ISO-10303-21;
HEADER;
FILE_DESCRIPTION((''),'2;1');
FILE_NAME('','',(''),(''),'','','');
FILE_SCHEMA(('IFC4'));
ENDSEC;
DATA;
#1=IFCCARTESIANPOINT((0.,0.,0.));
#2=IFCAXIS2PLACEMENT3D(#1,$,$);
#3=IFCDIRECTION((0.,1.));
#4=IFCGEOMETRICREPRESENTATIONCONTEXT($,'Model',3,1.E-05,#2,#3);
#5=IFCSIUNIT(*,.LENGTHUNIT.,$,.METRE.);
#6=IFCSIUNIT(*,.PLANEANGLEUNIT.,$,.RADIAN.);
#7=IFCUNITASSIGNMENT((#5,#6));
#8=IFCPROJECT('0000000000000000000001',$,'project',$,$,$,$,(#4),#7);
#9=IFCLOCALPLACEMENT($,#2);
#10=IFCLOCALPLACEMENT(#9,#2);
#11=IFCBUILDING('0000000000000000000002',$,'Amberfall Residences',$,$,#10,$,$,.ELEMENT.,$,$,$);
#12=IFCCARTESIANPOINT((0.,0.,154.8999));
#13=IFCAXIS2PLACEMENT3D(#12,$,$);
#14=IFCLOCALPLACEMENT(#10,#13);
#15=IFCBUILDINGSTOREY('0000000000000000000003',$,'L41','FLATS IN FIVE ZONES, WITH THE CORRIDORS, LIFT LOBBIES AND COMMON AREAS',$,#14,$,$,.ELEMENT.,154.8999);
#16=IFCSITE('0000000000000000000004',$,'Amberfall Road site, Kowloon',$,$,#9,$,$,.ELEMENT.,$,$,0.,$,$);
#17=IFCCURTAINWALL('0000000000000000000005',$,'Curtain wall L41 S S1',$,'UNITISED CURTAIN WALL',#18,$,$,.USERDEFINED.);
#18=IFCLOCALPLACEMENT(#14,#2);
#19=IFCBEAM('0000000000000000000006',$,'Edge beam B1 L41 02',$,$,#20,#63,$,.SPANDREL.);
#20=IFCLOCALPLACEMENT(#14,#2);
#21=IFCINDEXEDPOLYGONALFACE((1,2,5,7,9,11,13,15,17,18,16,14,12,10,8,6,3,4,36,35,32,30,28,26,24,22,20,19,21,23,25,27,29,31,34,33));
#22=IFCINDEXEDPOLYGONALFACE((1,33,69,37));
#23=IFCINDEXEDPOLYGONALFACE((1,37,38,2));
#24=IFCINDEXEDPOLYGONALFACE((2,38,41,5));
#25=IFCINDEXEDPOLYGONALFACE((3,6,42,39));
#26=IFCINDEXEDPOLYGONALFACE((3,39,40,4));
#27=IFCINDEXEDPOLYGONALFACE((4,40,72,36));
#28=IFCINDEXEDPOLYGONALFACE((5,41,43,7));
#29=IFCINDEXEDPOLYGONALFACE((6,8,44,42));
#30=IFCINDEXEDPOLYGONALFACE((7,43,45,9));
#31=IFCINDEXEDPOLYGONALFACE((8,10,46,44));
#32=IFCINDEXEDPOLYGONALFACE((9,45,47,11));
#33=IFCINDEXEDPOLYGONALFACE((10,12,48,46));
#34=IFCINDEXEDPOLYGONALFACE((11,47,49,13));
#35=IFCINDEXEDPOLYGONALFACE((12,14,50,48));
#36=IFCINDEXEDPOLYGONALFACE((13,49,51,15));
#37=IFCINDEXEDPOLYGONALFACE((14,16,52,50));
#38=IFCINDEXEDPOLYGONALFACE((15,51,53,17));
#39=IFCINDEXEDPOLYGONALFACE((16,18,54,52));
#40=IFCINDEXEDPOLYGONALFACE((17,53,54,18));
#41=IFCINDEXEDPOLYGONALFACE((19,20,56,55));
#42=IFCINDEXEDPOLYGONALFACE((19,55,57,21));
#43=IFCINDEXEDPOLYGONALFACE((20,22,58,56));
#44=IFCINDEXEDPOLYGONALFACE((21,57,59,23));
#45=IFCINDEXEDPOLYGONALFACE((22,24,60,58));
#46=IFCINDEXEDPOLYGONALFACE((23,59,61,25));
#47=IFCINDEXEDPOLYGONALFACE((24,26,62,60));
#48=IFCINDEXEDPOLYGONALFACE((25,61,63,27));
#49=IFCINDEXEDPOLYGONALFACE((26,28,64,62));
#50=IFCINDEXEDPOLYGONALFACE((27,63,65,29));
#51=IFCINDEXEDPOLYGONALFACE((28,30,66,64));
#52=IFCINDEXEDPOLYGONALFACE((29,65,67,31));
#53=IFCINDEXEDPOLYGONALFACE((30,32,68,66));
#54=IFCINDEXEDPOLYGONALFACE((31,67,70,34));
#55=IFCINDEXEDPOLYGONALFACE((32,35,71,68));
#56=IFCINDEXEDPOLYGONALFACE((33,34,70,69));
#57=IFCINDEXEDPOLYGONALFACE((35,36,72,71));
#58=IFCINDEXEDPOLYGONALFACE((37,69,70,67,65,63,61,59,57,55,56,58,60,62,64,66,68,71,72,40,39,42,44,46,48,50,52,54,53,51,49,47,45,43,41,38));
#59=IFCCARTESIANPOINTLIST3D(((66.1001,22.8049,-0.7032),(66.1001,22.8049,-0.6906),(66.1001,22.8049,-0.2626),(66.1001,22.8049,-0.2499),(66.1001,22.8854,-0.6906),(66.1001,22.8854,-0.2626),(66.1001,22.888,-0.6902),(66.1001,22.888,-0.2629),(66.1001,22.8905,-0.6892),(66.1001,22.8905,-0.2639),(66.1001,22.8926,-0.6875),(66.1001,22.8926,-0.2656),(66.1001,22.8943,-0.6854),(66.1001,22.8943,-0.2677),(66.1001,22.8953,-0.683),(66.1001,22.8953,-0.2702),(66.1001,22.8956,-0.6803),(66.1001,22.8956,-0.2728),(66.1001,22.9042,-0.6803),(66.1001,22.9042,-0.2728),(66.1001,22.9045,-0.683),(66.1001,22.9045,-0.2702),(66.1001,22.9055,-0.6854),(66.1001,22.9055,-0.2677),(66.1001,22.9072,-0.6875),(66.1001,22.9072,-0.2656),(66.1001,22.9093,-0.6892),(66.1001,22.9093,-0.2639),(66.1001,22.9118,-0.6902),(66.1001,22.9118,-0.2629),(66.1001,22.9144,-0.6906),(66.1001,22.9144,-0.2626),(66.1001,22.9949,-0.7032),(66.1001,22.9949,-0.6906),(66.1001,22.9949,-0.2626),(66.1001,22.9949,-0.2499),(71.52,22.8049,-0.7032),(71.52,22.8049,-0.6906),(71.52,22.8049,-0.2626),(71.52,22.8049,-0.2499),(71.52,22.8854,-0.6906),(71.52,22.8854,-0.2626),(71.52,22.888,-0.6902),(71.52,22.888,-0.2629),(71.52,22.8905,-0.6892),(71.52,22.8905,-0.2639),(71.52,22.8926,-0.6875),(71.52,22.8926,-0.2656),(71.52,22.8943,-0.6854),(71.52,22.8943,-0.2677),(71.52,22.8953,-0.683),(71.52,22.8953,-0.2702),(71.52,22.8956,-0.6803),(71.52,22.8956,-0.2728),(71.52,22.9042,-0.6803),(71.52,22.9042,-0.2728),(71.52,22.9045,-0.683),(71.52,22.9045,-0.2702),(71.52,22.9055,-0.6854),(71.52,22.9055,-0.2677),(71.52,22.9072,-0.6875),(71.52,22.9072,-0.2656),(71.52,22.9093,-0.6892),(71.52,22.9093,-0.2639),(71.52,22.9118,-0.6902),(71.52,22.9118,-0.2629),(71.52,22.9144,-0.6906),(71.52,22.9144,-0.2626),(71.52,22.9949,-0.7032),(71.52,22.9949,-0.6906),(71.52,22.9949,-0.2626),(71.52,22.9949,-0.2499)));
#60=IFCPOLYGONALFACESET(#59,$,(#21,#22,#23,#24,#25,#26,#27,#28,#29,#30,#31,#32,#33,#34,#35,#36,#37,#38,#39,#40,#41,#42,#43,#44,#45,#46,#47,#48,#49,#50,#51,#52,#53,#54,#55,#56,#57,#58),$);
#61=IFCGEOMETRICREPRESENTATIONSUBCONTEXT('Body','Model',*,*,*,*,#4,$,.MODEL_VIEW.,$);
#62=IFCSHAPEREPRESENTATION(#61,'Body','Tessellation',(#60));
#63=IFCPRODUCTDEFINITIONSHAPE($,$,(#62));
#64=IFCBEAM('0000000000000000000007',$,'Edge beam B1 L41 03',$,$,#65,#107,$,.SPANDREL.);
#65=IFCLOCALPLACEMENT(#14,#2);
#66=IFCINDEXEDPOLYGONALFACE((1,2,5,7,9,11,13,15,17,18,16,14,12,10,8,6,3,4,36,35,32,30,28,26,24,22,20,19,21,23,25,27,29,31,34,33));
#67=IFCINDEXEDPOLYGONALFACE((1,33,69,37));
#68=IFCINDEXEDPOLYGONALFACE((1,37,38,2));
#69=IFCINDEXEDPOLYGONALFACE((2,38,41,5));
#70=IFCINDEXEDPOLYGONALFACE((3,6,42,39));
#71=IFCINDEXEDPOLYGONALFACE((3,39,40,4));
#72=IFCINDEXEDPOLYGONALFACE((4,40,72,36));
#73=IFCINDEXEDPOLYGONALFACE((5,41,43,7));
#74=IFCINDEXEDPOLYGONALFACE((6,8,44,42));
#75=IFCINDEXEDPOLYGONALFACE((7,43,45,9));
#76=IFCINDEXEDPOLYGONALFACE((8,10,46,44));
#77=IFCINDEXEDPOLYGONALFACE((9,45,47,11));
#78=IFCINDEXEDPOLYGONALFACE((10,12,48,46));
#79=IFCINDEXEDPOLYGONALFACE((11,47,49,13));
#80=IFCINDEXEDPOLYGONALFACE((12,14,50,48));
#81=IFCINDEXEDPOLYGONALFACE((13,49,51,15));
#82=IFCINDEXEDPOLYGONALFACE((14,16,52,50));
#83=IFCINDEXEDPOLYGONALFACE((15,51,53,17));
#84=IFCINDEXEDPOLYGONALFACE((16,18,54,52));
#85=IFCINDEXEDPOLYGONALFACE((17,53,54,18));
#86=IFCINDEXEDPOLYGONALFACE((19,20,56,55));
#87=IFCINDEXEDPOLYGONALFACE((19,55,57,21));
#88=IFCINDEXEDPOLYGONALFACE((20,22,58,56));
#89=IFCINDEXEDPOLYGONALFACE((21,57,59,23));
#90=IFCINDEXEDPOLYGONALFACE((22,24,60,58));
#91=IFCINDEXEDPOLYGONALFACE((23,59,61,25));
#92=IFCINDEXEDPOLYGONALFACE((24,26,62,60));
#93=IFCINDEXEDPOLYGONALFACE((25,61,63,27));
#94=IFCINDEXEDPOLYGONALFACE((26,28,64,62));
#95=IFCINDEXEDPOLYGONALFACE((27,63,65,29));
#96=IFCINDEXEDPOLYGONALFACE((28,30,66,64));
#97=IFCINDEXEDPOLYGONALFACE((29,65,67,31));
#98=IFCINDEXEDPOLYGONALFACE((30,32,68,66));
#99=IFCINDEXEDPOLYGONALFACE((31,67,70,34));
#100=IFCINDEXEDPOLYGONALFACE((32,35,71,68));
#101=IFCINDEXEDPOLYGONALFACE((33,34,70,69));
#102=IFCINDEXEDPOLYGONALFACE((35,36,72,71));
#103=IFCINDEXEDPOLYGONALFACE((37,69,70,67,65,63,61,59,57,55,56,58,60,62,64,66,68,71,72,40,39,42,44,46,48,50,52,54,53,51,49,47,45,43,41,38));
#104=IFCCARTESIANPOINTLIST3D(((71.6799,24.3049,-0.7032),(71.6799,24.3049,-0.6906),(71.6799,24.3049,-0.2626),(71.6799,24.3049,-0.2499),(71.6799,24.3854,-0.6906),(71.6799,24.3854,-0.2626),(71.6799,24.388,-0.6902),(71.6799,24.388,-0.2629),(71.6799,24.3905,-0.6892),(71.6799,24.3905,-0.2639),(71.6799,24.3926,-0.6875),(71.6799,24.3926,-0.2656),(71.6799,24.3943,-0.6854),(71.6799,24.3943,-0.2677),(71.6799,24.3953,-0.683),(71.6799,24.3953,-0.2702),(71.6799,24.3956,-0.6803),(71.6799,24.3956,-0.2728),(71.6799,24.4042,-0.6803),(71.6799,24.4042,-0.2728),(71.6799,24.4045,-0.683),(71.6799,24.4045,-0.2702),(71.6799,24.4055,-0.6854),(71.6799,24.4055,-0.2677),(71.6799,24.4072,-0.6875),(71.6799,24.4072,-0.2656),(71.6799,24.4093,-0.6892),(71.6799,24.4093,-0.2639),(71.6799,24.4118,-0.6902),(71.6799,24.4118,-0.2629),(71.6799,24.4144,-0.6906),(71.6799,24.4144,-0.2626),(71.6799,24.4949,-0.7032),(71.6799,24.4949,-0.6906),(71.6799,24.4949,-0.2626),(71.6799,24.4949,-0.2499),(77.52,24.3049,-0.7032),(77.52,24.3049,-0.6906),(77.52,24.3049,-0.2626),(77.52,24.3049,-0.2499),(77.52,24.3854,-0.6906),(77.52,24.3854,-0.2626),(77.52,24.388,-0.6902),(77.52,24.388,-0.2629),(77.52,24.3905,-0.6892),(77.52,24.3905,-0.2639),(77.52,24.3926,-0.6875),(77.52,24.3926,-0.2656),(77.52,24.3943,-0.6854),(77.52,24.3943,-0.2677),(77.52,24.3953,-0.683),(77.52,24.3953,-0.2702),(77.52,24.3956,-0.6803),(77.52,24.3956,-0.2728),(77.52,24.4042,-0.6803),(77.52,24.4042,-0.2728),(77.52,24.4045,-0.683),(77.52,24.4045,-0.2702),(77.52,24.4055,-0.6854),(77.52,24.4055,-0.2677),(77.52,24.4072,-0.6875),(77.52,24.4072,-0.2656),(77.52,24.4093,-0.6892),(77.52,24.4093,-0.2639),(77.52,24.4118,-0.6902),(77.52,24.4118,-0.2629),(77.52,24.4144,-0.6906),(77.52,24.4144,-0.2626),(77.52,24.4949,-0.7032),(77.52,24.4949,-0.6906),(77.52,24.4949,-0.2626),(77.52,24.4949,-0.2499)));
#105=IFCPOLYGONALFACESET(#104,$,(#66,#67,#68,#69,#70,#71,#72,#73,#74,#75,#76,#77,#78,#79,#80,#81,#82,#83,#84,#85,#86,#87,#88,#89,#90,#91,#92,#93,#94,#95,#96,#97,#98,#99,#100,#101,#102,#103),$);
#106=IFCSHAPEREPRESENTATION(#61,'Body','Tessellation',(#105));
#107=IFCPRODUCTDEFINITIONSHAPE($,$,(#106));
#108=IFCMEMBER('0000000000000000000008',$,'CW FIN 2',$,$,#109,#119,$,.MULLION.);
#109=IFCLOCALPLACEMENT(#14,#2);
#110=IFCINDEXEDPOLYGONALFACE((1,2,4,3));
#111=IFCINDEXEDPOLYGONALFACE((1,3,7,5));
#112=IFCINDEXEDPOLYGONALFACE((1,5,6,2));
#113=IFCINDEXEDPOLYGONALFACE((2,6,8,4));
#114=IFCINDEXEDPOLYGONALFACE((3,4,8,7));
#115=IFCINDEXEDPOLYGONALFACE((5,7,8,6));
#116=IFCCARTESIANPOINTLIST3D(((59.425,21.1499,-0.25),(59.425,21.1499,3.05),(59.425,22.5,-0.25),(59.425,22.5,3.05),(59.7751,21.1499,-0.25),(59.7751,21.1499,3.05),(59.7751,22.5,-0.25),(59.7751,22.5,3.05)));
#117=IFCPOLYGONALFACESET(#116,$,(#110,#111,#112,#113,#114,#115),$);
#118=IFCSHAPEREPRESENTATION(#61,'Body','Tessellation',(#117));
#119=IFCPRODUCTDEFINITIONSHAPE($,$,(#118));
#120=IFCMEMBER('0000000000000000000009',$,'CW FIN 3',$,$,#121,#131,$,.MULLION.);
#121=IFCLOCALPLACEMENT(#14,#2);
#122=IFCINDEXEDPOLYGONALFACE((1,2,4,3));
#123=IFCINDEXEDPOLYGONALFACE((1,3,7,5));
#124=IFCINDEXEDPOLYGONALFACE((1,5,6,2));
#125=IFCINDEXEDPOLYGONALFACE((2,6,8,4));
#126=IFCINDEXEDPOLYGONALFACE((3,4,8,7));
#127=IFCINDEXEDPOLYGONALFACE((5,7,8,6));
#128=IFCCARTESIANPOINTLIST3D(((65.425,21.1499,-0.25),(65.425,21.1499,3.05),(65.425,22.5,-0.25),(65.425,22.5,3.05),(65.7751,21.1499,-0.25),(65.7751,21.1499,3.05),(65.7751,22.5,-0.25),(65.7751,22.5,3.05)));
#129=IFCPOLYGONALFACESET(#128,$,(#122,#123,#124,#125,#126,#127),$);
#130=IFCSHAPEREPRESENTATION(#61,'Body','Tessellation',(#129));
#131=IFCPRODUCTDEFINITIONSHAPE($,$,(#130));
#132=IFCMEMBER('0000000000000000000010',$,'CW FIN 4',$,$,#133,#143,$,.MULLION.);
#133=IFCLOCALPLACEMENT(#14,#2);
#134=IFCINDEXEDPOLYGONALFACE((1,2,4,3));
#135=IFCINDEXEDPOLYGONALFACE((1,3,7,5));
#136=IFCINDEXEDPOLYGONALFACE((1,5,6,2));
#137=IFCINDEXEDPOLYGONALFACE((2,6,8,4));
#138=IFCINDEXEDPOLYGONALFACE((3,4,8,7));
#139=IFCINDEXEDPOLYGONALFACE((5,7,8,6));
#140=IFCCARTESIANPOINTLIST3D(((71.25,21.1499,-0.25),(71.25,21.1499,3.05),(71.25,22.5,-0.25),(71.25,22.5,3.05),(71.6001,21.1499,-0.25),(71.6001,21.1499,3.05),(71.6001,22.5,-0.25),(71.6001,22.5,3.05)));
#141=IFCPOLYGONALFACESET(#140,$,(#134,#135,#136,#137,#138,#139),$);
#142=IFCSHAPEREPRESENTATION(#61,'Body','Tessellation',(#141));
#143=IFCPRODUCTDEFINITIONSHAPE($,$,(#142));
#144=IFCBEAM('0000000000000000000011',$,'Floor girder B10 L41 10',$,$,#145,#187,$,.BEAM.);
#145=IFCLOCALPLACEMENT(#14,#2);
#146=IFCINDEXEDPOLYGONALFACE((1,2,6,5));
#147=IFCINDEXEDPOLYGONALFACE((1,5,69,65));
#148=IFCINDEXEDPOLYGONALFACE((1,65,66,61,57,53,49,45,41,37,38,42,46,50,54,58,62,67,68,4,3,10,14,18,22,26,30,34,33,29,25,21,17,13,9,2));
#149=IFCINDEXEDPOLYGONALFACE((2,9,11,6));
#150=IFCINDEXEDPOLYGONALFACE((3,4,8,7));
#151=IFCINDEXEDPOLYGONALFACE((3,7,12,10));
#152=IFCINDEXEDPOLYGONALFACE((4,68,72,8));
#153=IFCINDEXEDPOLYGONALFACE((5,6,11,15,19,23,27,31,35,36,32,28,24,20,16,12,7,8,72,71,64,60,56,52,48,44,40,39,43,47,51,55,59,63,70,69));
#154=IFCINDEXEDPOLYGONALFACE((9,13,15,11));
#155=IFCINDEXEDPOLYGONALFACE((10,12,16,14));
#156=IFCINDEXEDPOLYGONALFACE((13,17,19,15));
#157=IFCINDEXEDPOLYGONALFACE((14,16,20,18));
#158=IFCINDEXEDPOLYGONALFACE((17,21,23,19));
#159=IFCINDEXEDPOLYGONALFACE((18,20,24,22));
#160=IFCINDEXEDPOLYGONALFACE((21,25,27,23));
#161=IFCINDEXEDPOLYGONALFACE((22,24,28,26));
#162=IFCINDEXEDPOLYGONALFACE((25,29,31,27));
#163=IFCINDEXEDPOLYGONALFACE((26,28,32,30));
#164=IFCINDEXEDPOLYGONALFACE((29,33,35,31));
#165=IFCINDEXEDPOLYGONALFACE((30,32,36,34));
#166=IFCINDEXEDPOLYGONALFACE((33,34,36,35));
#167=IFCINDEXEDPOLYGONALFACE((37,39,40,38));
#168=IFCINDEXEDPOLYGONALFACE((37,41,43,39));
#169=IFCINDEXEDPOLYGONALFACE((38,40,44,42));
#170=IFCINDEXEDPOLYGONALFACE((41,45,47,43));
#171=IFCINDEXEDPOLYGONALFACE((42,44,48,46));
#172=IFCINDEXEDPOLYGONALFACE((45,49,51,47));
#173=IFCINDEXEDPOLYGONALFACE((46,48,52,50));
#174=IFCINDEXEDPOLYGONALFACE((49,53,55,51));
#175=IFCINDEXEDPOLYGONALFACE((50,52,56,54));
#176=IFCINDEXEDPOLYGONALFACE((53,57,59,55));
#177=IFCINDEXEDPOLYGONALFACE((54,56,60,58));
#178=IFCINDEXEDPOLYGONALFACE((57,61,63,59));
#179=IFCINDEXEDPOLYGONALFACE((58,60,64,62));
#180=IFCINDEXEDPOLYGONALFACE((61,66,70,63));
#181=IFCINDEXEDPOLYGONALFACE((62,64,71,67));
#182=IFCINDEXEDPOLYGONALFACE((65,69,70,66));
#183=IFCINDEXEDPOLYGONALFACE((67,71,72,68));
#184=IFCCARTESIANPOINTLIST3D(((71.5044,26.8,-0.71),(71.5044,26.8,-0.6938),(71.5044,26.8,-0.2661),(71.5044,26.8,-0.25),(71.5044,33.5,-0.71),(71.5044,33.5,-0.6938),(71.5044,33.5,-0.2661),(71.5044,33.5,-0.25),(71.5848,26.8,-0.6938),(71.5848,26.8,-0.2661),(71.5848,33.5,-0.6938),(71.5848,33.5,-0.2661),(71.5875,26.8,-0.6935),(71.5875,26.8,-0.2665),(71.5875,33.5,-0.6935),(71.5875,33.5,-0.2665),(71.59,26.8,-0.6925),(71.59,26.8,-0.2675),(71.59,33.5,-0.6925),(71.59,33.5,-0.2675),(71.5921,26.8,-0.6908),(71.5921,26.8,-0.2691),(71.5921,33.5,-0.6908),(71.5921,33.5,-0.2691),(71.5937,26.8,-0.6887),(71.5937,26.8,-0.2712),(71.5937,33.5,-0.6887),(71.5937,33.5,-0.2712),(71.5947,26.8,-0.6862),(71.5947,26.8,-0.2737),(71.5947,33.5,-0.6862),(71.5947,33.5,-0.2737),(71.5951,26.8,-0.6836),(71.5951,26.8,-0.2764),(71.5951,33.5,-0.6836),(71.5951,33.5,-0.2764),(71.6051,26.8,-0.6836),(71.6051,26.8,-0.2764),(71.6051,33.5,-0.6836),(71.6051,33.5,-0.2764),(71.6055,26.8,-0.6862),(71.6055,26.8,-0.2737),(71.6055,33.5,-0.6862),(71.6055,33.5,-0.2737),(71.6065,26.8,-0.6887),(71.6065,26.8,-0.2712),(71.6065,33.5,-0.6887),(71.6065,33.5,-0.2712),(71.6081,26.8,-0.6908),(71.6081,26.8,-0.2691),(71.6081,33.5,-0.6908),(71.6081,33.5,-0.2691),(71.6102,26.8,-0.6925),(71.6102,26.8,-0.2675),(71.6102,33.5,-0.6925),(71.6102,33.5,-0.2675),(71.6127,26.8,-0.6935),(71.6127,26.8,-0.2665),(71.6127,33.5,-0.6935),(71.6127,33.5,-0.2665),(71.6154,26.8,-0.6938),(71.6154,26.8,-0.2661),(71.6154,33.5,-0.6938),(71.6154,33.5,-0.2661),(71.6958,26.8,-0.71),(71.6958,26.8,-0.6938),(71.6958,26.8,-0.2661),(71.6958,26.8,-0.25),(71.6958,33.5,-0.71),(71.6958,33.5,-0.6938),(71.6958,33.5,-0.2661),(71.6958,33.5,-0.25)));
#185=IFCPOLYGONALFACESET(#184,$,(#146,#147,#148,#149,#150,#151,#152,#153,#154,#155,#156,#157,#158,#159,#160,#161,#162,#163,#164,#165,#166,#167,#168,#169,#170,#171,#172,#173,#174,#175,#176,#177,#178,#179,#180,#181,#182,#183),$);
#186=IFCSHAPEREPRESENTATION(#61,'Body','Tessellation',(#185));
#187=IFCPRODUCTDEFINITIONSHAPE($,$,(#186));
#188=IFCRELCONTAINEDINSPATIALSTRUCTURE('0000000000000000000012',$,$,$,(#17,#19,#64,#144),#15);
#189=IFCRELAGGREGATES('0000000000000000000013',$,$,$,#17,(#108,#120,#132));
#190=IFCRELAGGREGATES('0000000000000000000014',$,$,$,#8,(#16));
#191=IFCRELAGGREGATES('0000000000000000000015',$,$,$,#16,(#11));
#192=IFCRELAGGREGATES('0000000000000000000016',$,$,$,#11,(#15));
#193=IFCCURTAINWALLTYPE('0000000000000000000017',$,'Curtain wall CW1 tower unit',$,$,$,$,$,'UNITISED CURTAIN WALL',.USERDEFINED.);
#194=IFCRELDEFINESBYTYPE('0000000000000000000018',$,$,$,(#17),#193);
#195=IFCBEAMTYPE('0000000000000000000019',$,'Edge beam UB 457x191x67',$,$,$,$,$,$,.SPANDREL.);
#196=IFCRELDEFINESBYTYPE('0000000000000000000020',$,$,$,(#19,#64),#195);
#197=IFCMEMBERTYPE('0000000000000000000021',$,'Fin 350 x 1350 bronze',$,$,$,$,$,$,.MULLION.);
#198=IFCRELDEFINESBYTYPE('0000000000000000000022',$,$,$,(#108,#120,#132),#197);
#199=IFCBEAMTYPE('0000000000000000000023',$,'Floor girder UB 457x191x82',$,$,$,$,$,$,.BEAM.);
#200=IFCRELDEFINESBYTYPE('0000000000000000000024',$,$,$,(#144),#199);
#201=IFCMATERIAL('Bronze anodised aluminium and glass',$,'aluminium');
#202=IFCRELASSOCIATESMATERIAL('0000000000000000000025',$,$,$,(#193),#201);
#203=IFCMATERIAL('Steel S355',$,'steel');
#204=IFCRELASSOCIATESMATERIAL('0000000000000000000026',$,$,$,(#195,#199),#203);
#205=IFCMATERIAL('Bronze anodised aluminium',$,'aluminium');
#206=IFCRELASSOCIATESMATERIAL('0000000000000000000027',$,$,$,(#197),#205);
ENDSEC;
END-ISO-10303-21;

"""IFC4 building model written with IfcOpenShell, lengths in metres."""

from ifc_helpers import new_model, si_unit, direction, frame, origin, origin_2d, place, context, subcontext, project, spatial, rectangle, i_section, extrude, material, material_profile, profile_set, type_object, element, aggregate, save


model = new_model("IFC4")

# Units and contexts
model_context = context("Model", 3, precision=1e-05, world=origin(), true_north=direction((0.0, 1.0)))
body_context = subcontext(model_context, "Body", "Model", "MODEL_VIEW")
ifc_project = project(units=[si_unit("LENGTHUNIT", "METRE"), si_unit("PLANEANGLEUNIT", "RADIAN")], contexts=[model_context])

# Site, building, storey
site_placement = place(None, origin())
site = spatial("IfcSite", under=ifc_project, at=site_placement, Name="Amberfall Road site, Kowloon", CompositionType="ELEMENT", RefElevation=0.0)
building_placement = place(site_placement, origin())
building = spatial("IfcBuilding", under=site, at=building_placement, Name="Amberfall Residences", CompositionType="ELEMENT")
storey_placement = place(building_placement, frame((0.0, 0.0, 154.8999)))
storey = spatial("IfcBuildingStorey", under=building, at=storey_placement, Name="L41", Description="FLATS IN FIVE ZONES, WITH THE CORRIDORS, LIFT LOBBIES AND COMMON AREAS", CompositionType="ELEMENT", Elevation=154.8999)

# Curtain wall
ifc_material_1 = material(Name="Bronze anodised aluminium and glass", Category="aluminium")
curtain_wall_type = type_object("IfcCurtainWallType", Name="Curtain wall CW1 tower unit", ElementType="UNITISED CURTAIN WALL", PredefinedType="USERDEFINED", material=ifc_material_1)
curtain_wall_placement = place(storey_placement, origin())
curtain_wall = element("IfcCurtainWall", 1, at=curtain_wall_placement, inside=storey, type_object=curtain_wall_type, Name="Curtain wall L41 S S1", ObjectType="UNITISED CURTAIN WALL", PredefinedType="USERDEFINED")
ifc_material_2 = material(Name="Bronze anodised aluminium", Category="aluminium")

# Beams
ifc_material_3 = material(Name="Steel S355", Category="steel")
ifc_material_profile_1 = material_profile(ifc_material_3, i_section(OverallWidth=0.1899, OverallDepth=0.4534, WebThickness=0.0085, FlangeThickness=0.0127, FilletRadius=0.0103, at=origin_2d()), Name="UB 457x191x67")
ifc_profile_set_1 = profile_set([ifc_material_profile_1], Name="Steel S355")
beam_type_1 = type_object("IfcBeamType", Name="Edge beam UB 457x191x67", PredefinedType="SPANDREL", material=ifc_profile_set_1)
beam_1_placement = place(storey_placement, frame((66.1001, 22.8999, -0.4766), z_axis=(1.0, 0.0, 0.0), x_axis=(0.0, 1.0, 0.0)))
element("IfcBeam", 2, at=beam_1_placement, inside=storey, type_object=beam_type_1, Name="Edge beam B1 L41 02", PredefinedType="SPANDREL", context=body_context, shape_type="SweptSolid", body=[
    extrude(i_section(OverallWidth=0.1899, OverallDepth=0.4534, WebThickness=0.0085, FlangeThickness=0.0127, FilletRadius=0.0103, at=origin_2d()), origin(), (0.0, 0.0, 1.0), 5.4199),
])
beam_2_placement = place(storey_placement, frame((71.6799, 24.3999, -0.4766), z_axis=(1.0, 0.0, 0.0), x_axis=(0.0, 1.0, 0.0)))
element("IfcBeam", 3, at=beam_2_placement, inside=storey, type_object=beam_type_1, Name="Edge beam B1 L41 03", PredefinedType="SPANDREL", context=body_context, shape_type="SweptSolid", body=[
    extrude(i_section(OverallWidth=0.1899, OverallDepth=0.4534, WebThickness=0.0085, FlangeThickness=0.0127, FilletRadius=0.0103, at=origin_2d()), origin(), (0.0, 0.0, 1.0), 5.8401),
])

# Members
ifc_material_profile_2 = material_profile(ifc_material_2, rectangle(XDim=1.3501, YDim=0.3501, at=origin_2d()), Name="Fin 350 x 1350 bronze")
ifc_profile_set_2 = profile_set([ifc_material_profile_2], Name="Bronze anodised aluminium")
member_type_1 = type_object("IfcMemberType", Name="Fin 350 x 1350 bronze", PredefinedType="MULLION", material=ifc_profile_set_2)
member_1_placement = place(storey_placement, frame((59.6001, 21.825, -0.25), z_axis=(0.0, 0.0, 1.0), x_axis=(0.0, 1.0, 0.0)))
member_1 = element("IfcMember", 4, at=member_1_placement, type_object=member_type_1, Name="CW FIN 2", PredefinedType="MULLION", context=body_context, shape_type="SweptSolid", body=[
    extrude(rectangle(XDim=1.3501, YDim=0.3501, at=origin_2d()), origin(), (0.0, 0.0, 1.0), 3.3),
])
member_2_placement = place(storey_placement, frame((65.6001, 21.825, -0.25), z_axis=(0.0, 0.0, 1.0), x_axis=(0.0, 1.0, 0.0)))
member_2 = element("IfcMember", 5, at=member_2_placement, type_object=member_type_1, Name="CW FIN 3", PredefinedType="MULLION", context=body_context, shape_type="SweptSolid", body=[
    extrude(rectangle(XDim=1.3501, YDim=0.3501, at=origin_2d()), origin(), (0.0, 0.0, 1.0), 3.3),
])
member_3_placement = place(storey_placement, frame((71.425, 21.825, -0.25), z_axis=(0.0, 0.0, 1.0), x_axis=(0.0, 1.0, 0.0)))
member_3 = element("IfcMember", 6, at=member_3_placement, type_object=member_type_1, Name="CW FIN 4", PredefinedType="MULLION", context=body_context, shape_type="SweptSolid", body=[
    extrude(rectangle(XDim=1.3501, YDim=0.3501, at=origin_2d()), origin(), (0.0, 0.0, 1.0), 3.3),
])

# Beam
ifc_material_profile_3 = material_profile(ifc_material_3, i_section(OverallWidth=0.1914, OverallDepth=0.46, WebThickness=0.01, FlangeThickness=0.0161, FilletRadius=0.0103, at=origin_2d()), Name="UB 457x191x82")
ifc_profile_set_3 = profile_set([ifc_material_profile_3], Name="Steel S355")
beam_type_2 = type_object("IfcBeamType", Name="Floor girder UB 457x191x82", PredefinedType="BEAM", material=ifc_profile_set_3)
beam_3_placement = place(storey_placement, frame((71.6001, 26.8, -0.48), z_axis=(0.0, 1.0, 0.0), x_axis=(-1.0, 0.0, 0.0)))
element("IfcBeam", 7, at=beam_3_placement, inside=storey, type_object=beam_type_2, Name="Floor girder B10 L41 10", PredefinedType="BEAM", context=body_context, shape_type="SweptSolid", body=[
    extrude(i_section(OverallWidth=0.1914, OverallDepth=0.46, WebThickness=0.01, FlangeThickness=0.0161, FilletRadius=0.0103, at=origin_2d()), origin(), (0.0, 0.0, 1.0), 6.7),
])

aggregate(curtain_wall, [member_1, member_2, member_3])

save(model, "model.ifc")
